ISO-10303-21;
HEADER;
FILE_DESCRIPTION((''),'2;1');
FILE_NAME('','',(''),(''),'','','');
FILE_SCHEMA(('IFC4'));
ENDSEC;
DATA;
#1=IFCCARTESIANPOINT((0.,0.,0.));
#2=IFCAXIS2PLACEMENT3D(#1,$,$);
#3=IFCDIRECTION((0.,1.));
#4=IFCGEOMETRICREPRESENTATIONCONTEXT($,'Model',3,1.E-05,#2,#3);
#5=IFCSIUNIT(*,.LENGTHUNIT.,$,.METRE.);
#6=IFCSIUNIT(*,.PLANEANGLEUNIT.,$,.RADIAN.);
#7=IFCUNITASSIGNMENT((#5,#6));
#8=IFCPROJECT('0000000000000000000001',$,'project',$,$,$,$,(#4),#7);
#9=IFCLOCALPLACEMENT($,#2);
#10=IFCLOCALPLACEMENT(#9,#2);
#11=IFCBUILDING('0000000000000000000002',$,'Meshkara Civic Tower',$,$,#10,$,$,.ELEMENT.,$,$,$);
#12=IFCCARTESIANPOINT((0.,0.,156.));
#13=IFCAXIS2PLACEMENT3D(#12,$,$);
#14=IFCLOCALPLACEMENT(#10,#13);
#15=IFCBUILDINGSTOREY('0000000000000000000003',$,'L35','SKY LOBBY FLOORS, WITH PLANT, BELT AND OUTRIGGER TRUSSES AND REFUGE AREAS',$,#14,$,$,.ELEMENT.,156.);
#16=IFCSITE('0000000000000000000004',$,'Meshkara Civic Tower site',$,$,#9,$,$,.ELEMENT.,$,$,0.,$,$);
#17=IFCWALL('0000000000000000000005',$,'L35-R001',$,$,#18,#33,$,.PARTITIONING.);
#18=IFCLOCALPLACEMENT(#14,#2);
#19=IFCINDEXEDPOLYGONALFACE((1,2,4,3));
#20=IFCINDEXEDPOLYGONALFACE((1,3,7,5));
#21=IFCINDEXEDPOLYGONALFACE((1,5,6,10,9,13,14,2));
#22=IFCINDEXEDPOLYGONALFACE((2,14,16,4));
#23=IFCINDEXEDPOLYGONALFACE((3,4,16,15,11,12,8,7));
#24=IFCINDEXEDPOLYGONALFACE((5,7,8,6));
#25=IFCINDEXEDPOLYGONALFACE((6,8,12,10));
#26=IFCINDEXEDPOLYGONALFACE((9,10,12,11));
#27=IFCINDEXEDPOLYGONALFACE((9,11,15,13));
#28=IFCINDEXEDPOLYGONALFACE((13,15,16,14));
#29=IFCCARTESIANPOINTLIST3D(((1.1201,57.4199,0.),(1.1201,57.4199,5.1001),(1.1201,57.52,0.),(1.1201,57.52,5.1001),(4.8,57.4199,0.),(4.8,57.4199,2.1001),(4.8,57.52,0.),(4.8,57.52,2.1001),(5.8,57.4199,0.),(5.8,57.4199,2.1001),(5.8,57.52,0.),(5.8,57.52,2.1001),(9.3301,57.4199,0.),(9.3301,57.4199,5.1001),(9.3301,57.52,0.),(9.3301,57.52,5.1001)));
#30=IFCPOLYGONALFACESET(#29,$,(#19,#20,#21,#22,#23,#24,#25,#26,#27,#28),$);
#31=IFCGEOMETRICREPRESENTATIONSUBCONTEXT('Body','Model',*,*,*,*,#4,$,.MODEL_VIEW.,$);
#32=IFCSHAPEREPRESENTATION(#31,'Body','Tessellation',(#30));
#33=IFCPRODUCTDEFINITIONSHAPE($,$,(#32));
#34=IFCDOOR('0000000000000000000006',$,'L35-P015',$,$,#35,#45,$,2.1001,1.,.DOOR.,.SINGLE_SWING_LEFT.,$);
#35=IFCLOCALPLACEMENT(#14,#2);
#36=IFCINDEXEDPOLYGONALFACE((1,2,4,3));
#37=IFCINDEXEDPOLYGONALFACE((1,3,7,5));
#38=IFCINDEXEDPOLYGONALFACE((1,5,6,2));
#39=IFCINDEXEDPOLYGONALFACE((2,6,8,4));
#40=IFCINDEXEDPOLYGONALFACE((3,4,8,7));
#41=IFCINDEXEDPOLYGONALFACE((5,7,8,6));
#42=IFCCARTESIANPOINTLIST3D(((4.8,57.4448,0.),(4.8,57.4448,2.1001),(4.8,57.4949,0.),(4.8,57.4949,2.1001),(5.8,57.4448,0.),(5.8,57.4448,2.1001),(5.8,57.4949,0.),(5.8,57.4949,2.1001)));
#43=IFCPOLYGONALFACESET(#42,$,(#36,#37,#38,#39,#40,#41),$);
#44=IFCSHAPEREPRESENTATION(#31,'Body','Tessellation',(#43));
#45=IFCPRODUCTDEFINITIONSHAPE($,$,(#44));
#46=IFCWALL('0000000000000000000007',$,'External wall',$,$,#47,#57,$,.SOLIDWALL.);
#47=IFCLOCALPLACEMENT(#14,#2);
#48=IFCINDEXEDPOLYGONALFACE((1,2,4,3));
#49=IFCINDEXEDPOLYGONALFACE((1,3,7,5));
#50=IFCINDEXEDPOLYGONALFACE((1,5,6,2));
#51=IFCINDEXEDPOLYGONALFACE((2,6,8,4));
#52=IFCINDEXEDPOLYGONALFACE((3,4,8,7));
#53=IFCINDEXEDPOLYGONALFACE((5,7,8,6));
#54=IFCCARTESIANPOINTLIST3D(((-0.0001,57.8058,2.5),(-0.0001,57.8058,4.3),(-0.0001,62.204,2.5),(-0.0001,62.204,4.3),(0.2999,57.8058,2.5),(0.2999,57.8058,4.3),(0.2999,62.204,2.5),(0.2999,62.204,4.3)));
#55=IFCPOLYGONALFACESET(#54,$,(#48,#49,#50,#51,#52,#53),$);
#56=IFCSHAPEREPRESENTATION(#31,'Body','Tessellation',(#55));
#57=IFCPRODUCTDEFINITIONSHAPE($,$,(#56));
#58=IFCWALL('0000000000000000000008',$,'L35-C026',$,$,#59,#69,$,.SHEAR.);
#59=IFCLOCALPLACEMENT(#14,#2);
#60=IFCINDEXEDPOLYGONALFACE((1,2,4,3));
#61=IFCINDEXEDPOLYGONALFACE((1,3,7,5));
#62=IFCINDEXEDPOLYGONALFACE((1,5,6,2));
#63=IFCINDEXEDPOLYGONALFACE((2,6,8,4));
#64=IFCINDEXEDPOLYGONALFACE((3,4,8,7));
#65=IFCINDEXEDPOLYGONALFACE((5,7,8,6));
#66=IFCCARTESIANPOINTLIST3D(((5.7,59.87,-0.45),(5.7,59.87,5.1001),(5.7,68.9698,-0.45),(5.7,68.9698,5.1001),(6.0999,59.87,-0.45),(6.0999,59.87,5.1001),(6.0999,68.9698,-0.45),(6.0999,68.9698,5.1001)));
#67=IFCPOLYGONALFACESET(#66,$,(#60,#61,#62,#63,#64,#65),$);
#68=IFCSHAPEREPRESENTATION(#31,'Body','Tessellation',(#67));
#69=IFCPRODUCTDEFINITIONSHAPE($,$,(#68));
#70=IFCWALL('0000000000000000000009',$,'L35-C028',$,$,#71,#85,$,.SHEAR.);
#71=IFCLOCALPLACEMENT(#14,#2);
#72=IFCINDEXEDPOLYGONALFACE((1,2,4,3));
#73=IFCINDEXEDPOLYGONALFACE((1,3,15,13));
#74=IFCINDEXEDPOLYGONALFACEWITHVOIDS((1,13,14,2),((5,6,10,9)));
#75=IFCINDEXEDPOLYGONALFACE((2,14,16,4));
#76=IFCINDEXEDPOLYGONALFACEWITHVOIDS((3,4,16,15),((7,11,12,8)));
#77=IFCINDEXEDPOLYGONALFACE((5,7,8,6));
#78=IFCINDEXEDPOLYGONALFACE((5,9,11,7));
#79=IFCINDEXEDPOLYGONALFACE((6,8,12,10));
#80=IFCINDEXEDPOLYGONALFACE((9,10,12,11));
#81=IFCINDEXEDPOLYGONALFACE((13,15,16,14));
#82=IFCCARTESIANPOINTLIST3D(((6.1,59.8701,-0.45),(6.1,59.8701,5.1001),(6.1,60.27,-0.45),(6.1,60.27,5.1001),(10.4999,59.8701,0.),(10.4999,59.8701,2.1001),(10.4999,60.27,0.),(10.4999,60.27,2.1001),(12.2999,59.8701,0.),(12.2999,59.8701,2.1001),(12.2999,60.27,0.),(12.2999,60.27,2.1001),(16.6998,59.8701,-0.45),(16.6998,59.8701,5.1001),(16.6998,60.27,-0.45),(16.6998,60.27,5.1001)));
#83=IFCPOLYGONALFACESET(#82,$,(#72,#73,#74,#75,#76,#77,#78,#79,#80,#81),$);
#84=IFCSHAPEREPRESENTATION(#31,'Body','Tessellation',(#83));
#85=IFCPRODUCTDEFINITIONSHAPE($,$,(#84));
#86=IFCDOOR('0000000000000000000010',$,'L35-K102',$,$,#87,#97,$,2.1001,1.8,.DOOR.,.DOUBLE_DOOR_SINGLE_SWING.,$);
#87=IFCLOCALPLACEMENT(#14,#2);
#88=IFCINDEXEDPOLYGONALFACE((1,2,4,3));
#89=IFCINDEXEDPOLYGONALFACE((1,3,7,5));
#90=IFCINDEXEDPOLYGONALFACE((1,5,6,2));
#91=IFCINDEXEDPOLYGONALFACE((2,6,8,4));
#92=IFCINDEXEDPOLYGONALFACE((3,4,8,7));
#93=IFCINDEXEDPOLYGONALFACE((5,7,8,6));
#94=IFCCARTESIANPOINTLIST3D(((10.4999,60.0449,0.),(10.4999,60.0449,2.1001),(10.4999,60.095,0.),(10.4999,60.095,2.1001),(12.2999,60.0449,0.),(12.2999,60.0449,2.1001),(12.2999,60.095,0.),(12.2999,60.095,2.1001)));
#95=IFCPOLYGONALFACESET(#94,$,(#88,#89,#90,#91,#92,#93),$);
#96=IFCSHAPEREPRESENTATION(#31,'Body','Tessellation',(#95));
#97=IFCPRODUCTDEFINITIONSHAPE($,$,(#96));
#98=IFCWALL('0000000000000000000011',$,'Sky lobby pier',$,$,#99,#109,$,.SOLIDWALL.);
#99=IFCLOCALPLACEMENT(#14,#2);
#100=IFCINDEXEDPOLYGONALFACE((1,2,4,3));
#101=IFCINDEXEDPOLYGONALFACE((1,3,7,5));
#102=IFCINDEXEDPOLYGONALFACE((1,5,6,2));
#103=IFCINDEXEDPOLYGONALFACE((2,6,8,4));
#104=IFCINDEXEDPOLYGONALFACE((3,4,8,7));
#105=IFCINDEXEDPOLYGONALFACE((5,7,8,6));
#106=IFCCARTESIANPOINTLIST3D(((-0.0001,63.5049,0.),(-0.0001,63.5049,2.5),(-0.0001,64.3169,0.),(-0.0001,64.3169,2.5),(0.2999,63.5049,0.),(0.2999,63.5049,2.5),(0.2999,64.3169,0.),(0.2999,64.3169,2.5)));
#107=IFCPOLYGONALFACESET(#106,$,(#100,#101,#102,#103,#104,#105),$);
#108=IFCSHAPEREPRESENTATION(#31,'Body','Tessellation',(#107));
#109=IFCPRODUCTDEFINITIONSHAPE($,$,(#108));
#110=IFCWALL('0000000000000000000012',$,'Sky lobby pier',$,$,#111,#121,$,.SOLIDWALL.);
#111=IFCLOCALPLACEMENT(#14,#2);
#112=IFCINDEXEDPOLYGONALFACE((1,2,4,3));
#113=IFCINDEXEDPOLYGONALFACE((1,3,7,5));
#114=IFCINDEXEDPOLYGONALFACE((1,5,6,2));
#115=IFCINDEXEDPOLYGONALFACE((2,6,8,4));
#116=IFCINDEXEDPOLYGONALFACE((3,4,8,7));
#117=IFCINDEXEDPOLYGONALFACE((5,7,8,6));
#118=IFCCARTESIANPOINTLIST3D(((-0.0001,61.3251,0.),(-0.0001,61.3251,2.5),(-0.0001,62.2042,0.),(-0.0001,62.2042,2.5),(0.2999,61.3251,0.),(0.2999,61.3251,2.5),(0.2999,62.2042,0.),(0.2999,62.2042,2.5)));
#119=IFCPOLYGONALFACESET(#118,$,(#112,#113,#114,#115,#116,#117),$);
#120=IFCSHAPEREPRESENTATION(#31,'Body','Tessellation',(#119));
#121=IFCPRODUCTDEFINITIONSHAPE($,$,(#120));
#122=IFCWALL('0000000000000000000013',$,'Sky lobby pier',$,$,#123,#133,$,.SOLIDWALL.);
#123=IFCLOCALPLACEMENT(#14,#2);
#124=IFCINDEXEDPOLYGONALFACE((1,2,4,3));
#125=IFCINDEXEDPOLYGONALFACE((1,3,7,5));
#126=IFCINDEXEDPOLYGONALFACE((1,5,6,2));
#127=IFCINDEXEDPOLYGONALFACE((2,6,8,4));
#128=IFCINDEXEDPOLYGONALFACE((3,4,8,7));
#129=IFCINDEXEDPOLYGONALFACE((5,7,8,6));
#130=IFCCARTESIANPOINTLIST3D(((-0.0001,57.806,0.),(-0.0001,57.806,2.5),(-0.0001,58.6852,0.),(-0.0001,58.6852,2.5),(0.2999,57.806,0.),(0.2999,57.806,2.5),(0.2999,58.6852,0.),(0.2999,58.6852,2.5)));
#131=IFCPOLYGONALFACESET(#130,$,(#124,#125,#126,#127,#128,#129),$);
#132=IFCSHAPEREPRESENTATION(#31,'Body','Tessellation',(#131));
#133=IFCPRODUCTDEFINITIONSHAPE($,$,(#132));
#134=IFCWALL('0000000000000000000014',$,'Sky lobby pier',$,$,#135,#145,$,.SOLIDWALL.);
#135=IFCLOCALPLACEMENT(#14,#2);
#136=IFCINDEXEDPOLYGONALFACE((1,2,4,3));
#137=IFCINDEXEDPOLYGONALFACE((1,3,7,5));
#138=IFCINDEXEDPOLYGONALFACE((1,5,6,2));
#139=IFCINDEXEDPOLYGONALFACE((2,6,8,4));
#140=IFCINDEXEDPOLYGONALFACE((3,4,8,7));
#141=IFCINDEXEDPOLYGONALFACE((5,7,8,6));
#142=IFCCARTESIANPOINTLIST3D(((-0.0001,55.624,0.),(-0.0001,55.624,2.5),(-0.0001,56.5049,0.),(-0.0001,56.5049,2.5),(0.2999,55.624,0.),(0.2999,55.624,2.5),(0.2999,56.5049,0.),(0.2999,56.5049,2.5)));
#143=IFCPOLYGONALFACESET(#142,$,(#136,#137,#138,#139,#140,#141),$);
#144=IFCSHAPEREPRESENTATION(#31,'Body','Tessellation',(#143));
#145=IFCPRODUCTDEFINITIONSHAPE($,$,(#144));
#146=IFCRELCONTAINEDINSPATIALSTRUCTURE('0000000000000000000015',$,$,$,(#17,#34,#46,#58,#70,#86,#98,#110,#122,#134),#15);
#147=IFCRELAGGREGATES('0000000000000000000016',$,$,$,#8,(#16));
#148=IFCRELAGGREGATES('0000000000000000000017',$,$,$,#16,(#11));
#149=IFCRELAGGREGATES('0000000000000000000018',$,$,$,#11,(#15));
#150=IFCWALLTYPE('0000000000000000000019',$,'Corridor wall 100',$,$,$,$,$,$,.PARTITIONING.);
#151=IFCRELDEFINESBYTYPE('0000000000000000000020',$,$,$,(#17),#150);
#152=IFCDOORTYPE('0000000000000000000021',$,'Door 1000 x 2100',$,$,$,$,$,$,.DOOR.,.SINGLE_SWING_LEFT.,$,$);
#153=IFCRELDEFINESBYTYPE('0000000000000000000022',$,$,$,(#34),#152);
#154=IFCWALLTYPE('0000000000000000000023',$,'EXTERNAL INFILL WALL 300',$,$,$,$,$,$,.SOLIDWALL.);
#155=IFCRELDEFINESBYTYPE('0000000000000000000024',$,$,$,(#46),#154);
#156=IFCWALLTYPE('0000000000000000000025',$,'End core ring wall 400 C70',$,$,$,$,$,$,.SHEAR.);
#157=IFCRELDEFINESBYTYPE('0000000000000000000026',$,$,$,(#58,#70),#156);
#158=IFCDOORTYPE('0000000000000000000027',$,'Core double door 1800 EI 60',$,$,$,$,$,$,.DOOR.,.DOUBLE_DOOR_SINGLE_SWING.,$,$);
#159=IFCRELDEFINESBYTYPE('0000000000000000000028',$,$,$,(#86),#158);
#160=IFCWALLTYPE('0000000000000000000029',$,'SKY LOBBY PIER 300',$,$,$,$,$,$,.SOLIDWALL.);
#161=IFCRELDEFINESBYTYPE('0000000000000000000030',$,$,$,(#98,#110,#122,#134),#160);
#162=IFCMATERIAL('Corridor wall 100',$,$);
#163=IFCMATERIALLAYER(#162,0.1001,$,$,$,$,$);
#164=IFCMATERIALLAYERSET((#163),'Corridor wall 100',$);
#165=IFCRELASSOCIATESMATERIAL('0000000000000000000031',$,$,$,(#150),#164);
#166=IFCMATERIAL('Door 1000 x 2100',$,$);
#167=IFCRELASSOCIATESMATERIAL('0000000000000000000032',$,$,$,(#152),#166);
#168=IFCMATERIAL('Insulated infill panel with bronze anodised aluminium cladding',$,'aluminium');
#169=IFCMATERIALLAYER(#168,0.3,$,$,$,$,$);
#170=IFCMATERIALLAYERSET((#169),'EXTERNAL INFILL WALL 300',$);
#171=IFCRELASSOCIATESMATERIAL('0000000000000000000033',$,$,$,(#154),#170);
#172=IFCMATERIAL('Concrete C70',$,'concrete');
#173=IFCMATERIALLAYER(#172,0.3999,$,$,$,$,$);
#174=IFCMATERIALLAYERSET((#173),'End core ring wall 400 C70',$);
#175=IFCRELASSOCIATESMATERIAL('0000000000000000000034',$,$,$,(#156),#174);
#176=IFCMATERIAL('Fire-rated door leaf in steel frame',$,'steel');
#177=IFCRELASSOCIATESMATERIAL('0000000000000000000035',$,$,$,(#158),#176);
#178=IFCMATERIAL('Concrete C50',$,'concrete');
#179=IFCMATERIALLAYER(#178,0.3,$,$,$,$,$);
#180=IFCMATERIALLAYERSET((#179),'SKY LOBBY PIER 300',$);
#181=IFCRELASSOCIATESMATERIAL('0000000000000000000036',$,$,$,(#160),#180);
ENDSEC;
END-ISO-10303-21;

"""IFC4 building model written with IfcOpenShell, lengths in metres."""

from ifc_helpers import new_model, si_unit, direction, frame, frame_2d, origin, place, context, subcontext, project, spatial, rectangle, extrude, material, layer, layer_set, type_object, element, fill, save


model = new_model("IFC4")

# Units and contexts
model_context = context("Model", 3, precision=1e-05, world=origin(), true_north=direction((0.0, 1.0)))
body_context = subcontext(model_context, "Body", "Model", "MODEL_VIEW")
ifc_project = project(units=[si_unit("LENGTHUNIT", "METRE"), si_unit("PLANEANGLEUNIT", "RADIAN")], contexts=[model_context])

# Site, building, storey
site_placement = place(None, origin())
site = spatial("IfcSite", under=ifc_project, at=site_placement, Name="Meshkara Civic Tower site", CompositionType="ELEMENT", RefElevation=0.0)
building_placement = place(site_placement, origin())
building = spatial("IfcBuilding", under=site, at=building_placement, Name="Meshkara Civic Tower", CompositionType="ELEMENT")
storey_placement = place(building_placement, frame((0.0, 0.0, 156.0)))
storey = spatial("IfcBuildingStorey", under=building, at=storey_placement, Name="L35", Description="SKY LOBBY FLOORS, WITH PLANT, BELT AND OUTRIGGER TRUSSES AND REFUGE AREAS", CompositionType="ELEMENT", Elevation=156.0)

# Wall, opening, door
ifc_material_1 = material(Name="Corridor wall 100")
ifc_layer_1 = layer(ifc_material_1, 0.1001)
ifc_layer_set_1 = layer_set([ifc_layer_1], Name="Corridor wall 100")
wall_type_1 = type_object("IfcWallType", Name="Corridor wall 100", PredefinedType="PARTITIONING", material=ifc_layer_set_1)
wall_1_placement = place(storey_placement, frame((1.1201, 57.47, 0.0), z_axis=(0.0, 0.0, 1.0), x_axis=(1.0, 0.0, 0.0)))
wall_1 = element("IfcWall", 1, at=wall_1_placement, inside=storey, type_object=wall_type_1, Name="L35-R001", PredefinedType="PARTITIONING", context=body_context, shape_type="SweptSolid", body=[
    extrude(rectangle(XDim=8.21, YDim=0.1001, at=frame_2d((4.105, 0.0))), origin(), (0.0, 0.0, 1.0), 5.1001),
])
opening_1_placement = place(wall_1_placement, frame((3.6799, 0.0, 0.0)))
opening_1 = element("IfcOpeningElement", 2, at=opening_1_placement, cuts=wall_1, PredefinedType="OPENING", context=body_context, shape_type="SweptSolid", body=[
    extrude(rectangle(XDim=1.0, YDim=2.1001, at=frame_2d((0.5, 1.05))), frame((0.0, 0.0601, 0.0), z_axis=(0.0, -1.0, 0.0), x_axis=(1.0, 0.0, 0.0)), (0.0, 0.0, 1.0), 0.1201),
])
ifc_material_2 = material(Name="Door 1000 x 2100")
door_type_1 = type_object("IfcDoorType", Name="Door 1000 x 2100", OperationType="SINGLE_SWING_LEFT", PredefinedType="DOOR", material=ifc_material_2)
door_1_placement = place(opening_1_placement, origin())
door_1 = element("IfcDoor", 3, at=door_1_placement, inside=storey, type_object=door_type_1, Name="L35-P015", OperationType="SINGLE_SWING_LEFT", OverallHeight=2.1001, OverallWidth=1.0, PredefinedType="DOOR", context=body_context, shape_type="SweptSolid", body=[
    extrude(rectangle(XDim=1.0, YDim=2.1001, at=frame_2d((0.5, 1.05))), frame((0.0, 0.0249, 0.0), z_axis=(0.0, -1.0, 0.0), x_axis=(1.0, 0.0, 0.0)), (0.0, 0.0, 1.0), 0.05),
])
fill(opening_1, door_1)

# Walls
ifc_material_3 = material(Name="Insulated infill panel with bronze anodised aluminium cladding", Category="aluminium")
ifc_layer_2 = layer(ifc_material_3, 0.3)
ifc_layer_set_2 = layer_set([ifc_layer_2], Name="EXTERNAL INFILL WALL 300")
wall_type_2 = type_object("IfcWallType", Name="EXTERNAL INFILL WALL 300", PredefinedType="SOLIDWALL", material=ifc_layer_set_2)
wall_2_placement = place(storey_placement, frame((0.1499, 62.2041, 2.5), z_axis=(0.0, 0.0, 1.0), x_axis=(0.0, -1.0, 0.0)))
element("IfcWall", 4, at=wall_2_placement, inside=storey, type_object=wall_type_2, Name="External wall", PredefinedType="SOLIDWALL", context=body_context, shape_type="SweptSolid", body=[
    extrude(rectangle(XDim=4.3982, YDim=0.3, at=frame_2d((2.1992, 0.0))), origin(), (0.0, 0.0, 1.0), 1.8),
])
ifc_material_4 = material(Name="Concrete C70", Category="concrete")
ifc_layer_3 = layer(ifc_material_4, 0.3999)
ifc_layer_set_3 = layer_set([ifc_layer_3], Name="End core ring wall 400 C70")
wall_type_3 = type_object("IfcWallType", Name="End core ring wall 400 C70", PredefinedType="SHEAR", material=ifc_layer_set_3)
wall_3_placement = place(storey_placement, frame((5.8999, 59.8701, -0.45), z_axis=(0.0, 0.0, 1.0), x_axis=(0.0, 1.0, 0.0)))
element("IfcWall", 5, at=wall_3_placement, inside=storey, type_object=wall_type_3, Name="L35-C026", PredefinedType="SHEAR", context=body_context, shape_type="SweptSolid", body=[
    extrude(rectangle(XDim=9.0999, YDim=0.3999, at=frame_2d((4.5498, 0.0))), origin(), (0.0, 0.0, 1.0), 5.55),
])

# Wall, opening, door
wall_4_placement = place(storey_placement, frame((6.1001, 60.0701, -0.45), z_axis=(0.0, 0.0, 1.0), x_axis=(1.0, 0.0, 0.0)))
wall_4 = element("IfcWall", 6, at=wall_4_placement, inside=storey, type_object=wall_type_3, Name="L35-C028", PredefinedType="SHEAR", context=body_context, shape_type="SweptSolid", body=[
    extrude(rectangle(XDim=10.5999, YDim=0.3999, at=frame_2d((5.2998, 0.0))), origin(), (0.0, 0.0, 1.0), 5.55),
])
opening_2_placement = place(wall_4_placement, frame((4.3999, 0.0, 0.45)))
opening_2 = element("IfcOpeningElement", 7, at=opening_2_placement, cuts=wall_4, PredefinedType="OPENING", context=body_context, shape_type="SweptSolid", body=[
    extrude(rectangle(XDim=1.8, YDim=2.1001, at=frame_2d((0.8999, 1.05))), frame((0.0, 0.21, 0.0), z_axis=(0.0, -1.0, 0.0), x_axis=(1.0, 0.0, 0.0)), (0.0, 0.0, 1.0), 0.4199),
])
ifc_material_5 = material(Name="Fire-rated door leaf in steel frame", Category="steel")
door_type_2 = type_object("IfcDoorType", Name="Core double door 1800 EI 60", OperationType="DOUBLE_DOOR_SINGLE_SWING", PredefinedType="DOOR", material=ifc_material_5)
door_2_placement = place(opening_2_placement, origin())
door_2 = element("IfcDoor", 8, at=door_2_placement, inside=storey, type_object=door_type_2, Name="L35-K102", OperationType="DOUBLE_DOOR_SINGLE_SWING", OverallHeight=2.1001, OverallWidth=1.8, PredefinedType="DOOR", context=body_context, shape_type="SweptSolid", body=[
    extrude(rectangle(XDim=1.8, YDim=2.1001, at=frame_2d((0.8999, 1.05))), frame((0.0, 0.0249, 0.0), z_axis=(0.0, -1.0, 0.0), x_axis=(1.0, 0.0, 0.0)), (0.0, 0.0, 1.0), 0.05),
])
fill(opening_2, door_2)

# Walls
ifc_material_6 = material(Name="Concrete C50", Category="concrete")
ifc_layer_4 = layer(ifc_material_6, 0.3)
ifc_layer_set_4 = layer_set([ifc_layer_4], Name="SKY LOBBY PIER 300")
wall_type_4 = type_object("IfcWallType", Name="SKY LOBBY PIER 300", PredefinedType="SOLIDWALL", material=ifc_layer_set_4)
wall_5_placement = place(storey_placement, frame((0.1499, 64.3169, 0.0), z_axis=(0.0, 0.0, 1.0), x_axis=(0.0, -1.0, 0.0)))
element("IfcWall", 9, at=wall_5_placement, inside=storey, type_object=wall_type_4, Name="Sky lobby pier", PredefinedType="SOLIDWALL", context=body_context, shape_type="SweptSolid", body=[
    extrude(rectangle(XDim=0.812, YDim=0.3, at=frame_2d((0.406, 0.0))), origin(), (0.0, 0.0, 1.0), 2.5),
])
for number, where, z_axis, x_axis, name in (
    (10, (0.1499, 62.2041, 0.0), (0.0, 0.0, 1.0), (0.0, -1.0, 0.0), "Sky lobby pier"),
    (11, (0.1499, 58.6851, 0.0), (0.0, 0.0, 1.0), (0.0, -1.0, 0.0), "Sky lobby pier"),
):
    element("IfcWall", number, at=place(storey_placement, frame(where, z_axis=z_axis, x_axis=x_axis)), inside=storey, type_object=wall_type_4, Name=name, PredefinedType="SOLIDWALL", context=body_context, shape_type="SweptSolid", body=[
        extrude(rectangle(XDim=0.8792, YDim=0.3, at=frame_2d((0.4395, 0.0))), origin(), (0.0, 0.0, 1.0), 2.5),
    ])
wall_6_placement = place(storey_placement, frame((0.1499, 56.5049, 0.0), z_axis=(0.0, 0.0, 1.0), x_axis=(0.0, -1.0, 0.0)))
element("IfcWall", 12, at=wall_6_placement, inside=storey, type_object=wall_type_4, Name="Sky lobby pier", PredefinedType="SOLIDWALL", context=body_context, shape_type="SweptSolid", body=[
    extrude(rectangle(XDim=0.8809, YDim=0.3, at=frame_2d((0.4404, 0.0))), origin(), (0.0, 0.0, 1.0), 2.5),
])

save(model, "model.ifc")
